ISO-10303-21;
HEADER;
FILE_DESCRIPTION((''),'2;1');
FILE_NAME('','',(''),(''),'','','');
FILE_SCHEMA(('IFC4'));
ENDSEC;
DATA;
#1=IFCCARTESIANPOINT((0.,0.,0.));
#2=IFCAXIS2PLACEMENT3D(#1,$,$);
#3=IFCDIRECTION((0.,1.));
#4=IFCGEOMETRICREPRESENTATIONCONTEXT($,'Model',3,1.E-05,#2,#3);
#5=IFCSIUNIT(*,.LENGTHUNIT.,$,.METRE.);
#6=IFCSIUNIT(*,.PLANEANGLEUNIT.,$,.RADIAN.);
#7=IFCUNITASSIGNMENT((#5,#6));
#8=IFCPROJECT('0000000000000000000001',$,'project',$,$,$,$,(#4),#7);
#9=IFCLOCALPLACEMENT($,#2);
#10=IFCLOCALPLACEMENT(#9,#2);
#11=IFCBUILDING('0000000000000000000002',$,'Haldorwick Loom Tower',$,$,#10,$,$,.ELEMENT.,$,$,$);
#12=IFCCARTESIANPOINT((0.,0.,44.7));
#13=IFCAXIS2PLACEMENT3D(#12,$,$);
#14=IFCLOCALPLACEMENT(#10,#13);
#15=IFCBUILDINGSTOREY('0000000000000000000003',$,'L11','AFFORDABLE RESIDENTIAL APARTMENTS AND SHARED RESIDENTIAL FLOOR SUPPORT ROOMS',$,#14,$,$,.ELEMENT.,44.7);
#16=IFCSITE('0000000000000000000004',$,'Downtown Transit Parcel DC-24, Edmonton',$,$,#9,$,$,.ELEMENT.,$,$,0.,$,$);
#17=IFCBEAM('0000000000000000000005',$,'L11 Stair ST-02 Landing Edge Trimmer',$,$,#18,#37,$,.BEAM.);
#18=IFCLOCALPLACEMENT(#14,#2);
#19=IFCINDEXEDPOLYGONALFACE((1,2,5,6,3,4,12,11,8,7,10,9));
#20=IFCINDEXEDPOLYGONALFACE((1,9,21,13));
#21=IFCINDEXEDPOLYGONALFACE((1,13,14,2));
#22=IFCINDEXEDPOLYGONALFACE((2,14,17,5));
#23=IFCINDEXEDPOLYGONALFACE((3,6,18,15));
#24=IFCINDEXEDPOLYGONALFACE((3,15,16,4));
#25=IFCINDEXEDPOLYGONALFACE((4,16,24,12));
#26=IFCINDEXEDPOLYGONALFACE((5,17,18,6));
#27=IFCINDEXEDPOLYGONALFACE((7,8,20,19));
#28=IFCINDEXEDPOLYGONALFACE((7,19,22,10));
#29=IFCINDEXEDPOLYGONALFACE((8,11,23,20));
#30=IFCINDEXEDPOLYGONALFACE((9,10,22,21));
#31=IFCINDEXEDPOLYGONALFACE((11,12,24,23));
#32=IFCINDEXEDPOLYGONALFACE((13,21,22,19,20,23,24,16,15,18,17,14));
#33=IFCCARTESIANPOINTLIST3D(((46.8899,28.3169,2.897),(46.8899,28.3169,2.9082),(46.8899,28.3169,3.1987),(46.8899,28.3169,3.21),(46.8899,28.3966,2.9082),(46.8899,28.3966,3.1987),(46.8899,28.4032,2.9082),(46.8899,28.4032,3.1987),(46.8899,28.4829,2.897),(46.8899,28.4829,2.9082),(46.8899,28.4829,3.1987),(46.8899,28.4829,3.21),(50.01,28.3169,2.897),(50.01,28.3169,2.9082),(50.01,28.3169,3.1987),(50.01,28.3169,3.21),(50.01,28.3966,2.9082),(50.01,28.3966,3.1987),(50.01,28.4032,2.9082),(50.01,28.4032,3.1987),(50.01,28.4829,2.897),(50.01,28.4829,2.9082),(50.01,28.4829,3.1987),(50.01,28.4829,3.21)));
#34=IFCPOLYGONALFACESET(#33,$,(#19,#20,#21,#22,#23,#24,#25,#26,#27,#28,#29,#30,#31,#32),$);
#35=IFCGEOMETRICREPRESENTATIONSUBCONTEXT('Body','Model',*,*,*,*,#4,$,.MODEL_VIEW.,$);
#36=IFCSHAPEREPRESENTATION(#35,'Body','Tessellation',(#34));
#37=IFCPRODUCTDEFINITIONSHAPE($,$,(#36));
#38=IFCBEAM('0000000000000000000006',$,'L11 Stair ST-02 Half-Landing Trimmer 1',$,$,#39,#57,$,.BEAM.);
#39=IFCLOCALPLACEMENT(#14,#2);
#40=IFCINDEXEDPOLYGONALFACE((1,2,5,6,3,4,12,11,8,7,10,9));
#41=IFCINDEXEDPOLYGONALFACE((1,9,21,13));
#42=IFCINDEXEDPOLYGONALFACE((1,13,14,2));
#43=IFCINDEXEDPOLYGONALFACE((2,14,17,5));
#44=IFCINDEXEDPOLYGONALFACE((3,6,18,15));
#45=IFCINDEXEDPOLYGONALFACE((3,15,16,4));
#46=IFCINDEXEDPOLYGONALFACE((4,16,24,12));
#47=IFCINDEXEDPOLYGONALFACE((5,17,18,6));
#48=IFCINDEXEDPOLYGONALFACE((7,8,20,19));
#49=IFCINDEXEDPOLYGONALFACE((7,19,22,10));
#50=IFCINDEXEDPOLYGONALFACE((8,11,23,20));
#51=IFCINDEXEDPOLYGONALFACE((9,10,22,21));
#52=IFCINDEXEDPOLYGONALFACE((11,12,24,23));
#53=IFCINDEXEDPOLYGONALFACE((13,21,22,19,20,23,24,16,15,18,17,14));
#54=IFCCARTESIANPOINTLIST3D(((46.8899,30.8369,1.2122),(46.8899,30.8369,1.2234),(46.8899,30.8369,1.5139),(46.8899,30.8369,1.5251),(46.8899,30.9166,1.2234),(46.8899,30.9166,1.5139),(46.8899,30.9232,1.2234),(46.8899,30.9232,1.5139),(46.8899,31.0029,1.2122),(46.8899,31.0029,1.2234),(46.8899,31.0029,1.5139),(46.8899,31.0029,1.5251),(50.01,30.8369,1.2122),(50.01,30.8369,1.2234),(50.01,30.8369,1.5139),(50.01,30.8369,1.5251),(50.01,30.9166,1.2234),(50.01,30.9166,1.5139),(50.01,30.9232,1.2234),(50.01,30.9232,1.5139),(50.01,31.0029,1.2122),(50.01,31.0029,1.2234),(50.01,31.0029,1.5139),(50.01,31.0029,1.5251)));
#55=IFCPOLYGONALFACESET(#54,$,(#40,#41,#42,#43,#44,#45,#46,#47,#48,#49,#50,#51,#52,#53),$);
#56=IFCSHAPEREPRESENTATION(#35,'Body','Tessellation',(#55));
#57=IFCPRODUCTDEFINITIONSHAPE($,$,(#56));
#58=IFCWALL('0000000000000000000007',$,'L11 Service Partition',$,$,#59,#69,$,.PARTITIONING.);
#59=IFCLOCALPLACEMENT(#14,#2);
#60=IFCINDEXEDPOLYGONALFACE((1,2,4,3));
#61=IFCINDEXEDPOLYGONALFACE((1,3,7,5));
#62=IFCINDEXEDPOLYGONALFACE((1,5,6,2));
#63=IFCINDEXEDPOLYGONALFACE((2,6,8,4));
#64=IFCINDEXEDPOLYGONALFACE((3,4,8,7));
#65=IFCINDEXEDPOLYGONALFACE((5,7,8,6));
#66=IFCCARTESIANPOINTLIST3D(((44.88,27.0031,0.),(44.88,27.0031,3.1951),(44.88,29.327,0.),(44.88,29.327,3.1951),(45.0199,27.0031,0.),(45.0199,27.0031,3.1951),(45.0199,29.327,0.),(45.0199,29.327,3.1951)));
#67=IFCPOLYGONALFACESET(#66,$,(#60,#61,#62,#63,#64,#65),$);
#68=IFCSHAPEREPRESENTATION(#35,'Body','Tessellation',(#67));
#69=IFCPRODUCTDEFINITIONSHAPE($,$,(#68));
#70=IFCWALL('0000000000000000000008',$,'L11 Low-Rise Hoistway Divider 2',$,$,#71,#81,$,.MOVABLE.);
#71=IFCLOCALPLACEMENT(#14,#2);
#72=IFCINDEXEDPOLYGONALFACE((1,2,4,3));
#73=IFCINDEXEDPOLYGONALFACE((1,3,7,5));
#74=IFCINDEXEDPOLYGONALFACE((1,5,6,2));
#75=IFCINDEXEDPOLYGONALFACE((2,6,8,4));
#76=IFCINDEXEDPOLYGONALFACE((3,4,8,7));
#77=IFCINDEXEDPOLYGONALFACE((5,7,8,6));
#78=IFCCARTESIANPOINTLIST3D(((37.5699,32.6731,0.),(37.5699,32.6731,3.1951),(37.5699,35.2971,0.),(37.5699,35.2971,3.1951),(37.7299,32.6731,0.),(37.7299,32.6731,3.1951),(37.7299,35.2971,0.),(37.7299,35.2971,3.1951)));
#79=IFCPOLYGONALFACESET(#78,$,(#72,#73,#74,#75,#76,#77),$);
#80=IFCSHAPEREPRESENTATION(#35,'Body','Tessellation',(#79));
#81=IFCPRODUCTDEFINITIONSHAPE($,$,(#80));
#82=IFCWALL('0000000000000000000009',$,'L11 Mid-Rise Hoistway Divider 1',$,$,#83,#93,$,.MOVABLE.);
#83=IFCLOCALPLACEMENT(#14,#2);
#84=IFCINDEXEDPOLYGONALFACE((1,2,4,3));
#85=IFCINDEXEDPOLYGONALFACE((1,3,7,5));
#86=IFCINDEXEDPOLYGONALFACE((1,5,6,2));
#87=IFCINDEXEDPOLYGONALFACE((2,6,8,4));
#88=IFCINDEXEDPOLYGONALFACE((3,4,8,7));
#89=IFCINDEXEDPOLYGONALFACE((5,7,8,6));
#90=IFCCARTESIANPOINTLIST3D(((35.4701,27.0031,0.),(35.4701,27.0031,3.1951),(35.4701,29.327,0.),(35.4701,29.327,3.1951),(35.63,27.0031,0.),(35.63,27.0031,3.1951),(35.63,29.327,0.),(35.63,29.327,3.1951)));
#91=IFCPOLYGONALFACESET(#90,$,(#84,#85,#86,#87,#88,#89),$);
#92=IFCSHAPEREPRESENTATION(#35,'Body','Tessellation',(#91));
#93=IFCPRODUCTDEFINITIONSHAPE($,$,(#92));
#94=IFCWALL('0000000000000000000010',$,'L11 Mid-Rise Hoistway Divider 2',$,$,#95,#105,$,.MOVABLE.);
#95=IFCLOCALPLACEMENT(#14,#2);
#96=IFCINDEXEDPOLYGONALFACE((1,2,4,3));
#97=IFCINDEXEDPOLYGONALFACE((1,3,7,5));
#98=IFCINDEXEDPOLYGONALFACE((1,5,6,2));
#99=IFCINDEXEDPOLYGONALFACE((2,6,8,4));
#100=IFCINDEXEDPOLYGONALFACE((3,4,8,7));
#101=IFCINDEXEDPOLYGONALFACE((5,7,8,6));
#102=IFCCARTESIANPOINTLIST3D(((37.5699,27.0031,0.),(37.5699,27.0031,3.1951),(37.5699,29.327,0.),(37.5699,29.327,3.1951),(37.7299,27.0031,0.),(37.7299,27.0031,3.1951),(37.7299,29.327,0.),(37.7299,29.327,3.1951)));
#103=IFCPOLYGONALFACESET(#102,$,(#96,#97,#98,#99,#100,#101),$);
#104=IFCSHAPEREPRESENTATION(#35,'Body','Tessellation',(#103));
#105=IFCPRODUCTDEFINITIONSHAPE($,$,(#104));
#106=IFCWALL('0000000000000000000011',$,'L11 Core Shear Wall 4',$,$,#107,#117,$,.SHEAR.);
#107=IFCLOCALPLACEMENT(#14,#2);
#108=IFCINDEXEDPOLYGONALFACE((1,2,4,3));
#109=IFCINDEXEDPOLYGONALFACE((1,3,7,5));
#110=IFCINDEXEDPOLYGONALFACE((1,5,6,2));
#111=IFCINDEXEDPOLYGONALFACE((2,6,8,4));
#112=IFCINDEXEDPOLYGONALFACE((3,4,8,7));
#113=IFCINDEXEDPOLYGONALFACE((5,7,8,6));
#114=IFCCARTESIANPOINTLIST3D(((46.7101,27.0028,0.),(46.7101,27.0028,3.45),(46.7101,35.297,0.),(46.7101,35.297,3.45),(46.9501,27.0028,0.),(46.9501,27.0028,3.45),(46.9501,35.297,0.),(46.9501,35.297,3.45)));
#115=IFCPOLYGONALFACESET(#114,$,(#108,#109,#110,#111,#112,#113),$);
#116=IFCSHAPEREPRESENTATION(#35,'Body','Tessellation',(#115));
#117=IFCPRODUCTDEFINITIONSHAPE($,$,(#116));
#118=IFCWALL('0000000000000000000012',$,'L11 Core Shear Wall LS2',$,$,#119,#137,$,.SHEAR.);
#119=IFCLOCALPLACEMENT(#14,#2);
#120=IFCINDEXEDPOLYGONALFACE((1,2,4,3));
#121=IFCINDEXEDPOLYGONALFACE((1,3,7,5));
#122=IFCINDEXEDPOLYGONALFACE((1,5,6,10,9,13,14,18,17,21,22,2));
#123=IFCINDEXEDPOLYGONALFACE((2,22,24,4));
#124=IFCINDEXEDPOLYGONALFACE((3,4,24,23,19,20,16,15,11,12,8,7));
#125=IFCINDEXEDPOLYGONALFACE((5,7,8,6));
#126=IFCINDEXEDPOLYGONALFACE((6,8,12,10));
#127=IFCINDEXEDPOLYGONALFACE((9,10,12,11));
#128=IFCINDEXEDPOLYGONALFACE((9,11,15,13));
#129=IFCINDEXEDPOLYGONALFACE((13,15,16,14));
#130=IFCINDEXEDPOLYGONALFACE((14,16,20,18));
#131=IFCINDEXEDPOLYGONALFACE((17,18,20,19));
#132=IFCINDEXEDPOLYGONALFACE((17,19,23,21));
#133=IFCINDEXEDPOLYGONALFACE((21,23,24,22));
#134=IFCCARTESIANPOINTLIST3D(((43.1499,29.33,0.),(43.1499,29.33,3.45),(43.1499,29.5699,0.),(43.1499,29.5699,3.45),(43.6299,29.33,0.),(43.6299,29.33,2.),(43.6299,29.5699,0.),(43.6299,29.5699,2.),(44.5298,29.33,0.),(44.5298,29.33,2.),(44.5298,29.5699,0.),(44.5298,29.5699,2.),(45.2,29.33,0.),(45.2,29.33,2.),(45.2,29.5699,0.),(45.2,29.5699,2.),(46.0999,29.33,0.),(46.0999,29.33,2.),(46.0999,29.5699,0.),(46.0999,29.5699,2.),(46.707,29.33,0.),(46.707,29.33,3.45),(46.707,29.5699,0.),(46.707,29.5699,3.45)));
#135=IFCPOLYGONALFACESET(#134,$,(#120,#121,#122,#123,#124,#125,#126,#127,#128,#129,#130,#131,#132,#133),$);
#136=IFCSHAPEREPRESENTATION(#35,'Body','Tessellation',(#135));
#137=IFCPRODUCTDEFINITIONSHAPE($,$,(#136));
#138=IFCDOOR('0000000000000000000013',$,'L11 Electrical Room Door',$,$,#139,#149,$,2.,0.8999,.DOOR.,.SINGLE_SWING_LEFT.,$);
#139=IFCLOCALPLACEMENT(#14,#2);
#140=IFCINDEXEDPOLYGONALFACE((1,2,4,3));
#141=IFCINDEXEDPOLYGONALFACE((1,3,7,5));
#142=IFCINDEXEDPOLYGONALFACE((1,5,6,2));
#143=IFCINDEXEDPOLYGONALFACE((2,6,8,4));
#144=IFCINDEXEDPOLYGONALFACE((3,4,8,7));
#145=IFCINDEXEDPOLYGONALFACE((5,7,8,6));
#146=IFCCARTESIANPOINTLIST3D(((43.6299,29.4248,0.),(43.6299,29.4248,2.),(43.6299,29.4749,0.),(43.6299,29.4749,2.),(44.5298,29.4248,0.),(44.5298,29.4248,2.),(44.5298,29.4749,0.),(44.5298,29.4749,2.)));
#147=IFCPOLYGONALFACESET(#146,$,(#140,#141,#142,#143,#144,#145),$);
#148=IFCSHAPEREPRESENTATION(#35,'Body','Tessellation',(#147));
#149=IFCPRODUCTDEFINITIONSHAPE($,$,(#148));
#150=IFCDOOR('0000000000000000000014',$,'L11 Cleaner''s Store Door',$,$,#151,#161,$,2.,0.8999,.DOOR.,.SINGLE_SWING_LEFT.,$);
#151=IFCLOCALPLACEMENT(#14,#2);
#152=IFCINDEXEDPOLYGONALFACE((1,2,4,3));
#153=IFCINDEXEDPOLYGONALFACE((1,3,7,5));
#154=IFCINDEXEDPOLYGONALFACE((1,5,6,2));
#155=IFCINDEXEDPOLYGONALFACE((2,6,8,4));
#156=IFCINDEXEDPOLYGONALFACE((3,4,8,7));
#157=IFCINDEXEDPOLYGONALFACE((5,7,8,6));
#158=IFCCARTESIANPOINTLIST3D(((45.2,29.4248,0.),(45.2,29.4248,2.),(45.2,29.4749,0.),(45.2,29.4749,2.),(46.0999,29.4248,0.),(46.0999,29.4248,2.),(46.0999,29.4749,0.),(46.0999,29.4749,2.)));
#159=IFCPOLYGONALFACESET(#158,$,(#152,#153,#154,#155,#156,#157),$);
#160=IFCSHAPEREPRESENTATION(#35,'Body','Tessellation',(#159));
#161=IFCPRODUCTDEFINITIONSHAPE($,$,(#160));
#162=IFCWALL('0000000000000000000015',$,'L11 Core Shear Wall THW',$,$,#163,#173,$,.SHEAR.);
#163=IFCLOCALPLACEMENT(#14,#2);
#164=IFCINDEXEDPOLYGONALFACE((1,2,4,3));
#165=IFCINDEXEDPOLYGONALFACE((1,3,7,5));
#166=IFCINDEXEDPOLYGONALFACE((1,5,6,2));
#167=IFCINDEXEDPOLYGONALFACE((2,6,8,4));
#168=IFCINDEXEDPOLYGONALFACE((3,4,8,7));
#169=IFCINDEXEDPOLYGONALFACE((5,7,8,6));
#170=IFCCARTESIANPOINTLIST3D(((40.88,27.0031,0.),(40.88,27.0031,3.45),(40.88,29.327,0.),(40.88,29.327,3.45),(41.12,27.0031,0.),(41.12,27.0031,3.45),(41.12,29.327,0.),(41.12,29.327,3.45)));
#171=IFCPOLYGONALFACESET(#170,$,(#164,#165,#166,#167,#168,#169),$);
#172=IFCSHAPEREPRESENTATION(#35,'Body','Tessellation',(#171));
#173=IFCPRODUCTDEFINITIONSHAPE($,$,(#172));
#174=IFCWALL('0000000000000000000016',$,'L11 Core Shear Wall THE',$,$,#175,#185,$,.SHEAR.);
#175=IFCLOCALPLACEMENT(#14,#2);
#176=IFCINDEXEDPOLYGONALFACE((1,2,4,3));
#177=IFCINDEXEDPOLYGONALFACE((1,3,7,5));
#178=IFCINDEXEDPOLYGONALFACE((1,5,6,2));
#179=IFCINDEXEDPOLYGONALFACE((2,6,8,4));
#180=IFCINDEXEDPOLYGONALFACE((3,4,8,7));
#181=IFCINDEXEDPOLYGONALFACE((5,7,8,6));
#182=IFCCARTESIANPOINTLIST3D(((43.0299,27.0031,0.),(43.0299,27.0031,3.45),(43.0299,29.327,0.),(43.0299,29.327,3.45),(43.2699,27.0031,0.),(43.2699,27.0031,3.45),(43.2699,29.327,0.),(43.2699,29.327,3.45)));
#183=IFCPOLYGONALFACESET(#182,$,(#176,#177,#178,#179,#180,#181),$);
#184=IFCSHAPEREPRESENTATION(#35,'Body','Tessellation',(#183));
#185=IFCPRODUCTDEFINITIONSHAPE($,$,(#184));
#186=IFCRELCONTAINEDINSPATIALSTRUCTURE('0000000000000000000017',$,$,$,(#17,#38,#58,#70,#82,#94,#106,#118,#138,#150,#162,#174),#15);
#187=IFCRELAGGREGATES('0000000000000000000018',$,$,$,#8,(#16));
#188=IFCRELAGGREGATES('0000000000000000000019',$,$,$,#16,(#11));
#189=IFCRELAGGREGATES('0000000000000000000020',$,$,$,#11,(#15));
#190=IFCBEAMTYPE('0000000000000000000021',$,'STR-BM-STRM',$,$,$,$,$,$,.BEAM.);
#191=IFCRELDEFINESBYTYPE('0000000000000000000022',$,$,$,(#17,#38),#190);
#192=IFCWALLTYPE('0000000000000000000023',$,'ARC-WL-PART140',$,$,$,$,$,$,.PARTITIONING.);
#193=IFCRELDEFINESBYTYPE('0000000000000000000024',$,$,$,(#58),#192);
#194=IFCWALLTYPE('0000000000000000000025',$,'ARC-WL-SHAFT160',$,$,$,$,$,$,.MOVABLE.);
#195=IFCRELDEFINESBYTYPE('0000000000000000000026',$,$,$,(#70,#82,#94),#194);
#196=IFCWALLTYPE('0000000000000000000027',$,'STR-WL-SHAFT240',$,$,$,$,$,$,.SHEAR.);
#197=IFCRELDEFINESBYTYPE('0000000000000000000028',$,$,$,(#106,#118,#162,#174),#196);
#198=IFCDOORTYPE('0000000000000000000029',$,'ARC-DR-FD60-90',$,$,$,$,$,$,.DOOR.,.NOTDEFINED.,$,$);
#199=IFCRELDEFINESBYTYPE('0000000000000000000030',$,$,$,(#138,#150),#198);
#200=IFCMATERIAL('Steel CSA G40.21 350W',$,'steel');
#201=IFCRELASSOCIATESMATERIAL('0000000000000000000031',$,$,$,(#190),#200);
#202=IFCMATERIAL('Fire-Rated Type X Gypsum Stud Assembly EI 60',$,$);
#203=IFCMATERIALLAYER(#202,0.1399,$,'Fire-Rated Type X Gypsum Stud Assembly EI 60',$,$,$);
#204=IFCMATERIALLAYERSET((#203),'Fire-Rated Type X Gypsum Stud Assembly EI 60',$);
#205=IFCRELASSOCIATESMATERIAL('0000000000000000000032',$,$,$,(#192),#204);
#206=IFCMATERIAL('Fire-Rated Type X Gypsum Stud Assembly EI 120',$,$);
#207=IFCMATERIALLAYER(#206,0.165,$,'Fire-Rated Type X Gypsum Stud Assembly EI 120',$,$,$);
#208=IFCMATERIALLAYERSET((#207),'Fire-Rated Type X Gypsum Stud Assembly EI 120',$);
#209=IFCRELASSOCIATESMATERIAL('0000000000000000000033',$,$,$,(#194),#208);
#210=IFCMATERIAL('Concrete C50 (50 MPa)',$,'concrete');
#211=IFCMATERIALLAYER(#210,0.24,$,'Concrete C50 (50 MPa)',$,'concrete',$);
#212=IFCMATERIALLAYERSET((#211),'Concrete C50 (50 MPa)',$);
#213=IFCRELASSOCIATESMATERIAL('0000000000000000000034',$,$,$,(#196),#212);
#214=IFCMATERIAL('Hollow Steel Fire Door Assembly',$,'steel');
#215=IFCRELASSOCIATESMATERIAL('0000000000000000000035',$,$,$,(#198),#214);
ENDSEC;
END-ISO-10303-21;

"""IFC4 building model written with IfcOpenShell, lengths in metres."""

from ifc_helpers import new_model, si_unit, direction, frame, frame_2d, origin, origin_2d, place, context, subcontext, project, spatial, rectangle, i_section, extrude, material, layer, layer_set, material_profile, profile_set, type_object, element, fill, save


model = new_model("IFC4")

# Units and contexts
model_context = context("Model", 3, precision=1e-05, world=origin(), true_north=direction((0.0, 1.0)))
body_context = subcontext(model_context, "Body", "Model", "MODEL_VIEW")
ifc_project = project(units=[si_unit("LENGTHUNIT", "METRE"), si_unit("PLANEANGLEUNIT", "RADIAN")], contexts=[model_context])

# Site, building, storey
site_placement = place(None, origin())
site = spatial("IfcSite", under=ifc_project, at=site_placement, Name="Downtown Transit Parcel DC-24, Edmonton", CompositionType="ELEMENT", RefElevation=0.0)
building_placement = place(site_placement, origin())
building = spatial("IfcBuilding", under=site, at=building_placement, Name="Haldorwick Loom Tower", CompositionType="ELEMENT")
storey_placement = place(building_placement, frame((0.0, 0.0, 44.7)))
storey = spatial("IfcBuildingStorey", under=building, at=storey_placement, Name="L11", Description="AFFORDABLE RESIDENTIAL APARTMENTS AND SHARED RESIDENTIAL FLOOR SUPPORT ROOMS", CompositionType="ELEMENT", Elevation=44.7)

# Beams
ifc_material_1 = material(Name="Steel CSA G40.21 350W", Category="steel")
ifc_material_profile_1 = material_profile(ifc_material_1, i_section(OverallWidth=0.166, OverallDepth=0.313, WebThickness=0.0066, FlangeThickness=0.0112, at=origin_2d()), Name="W310X45", Category="steel")
ifc_profile_set_1 = profile_set([ifc_material_profile_1], Name="Steel CSA G40.21 350W")
beam_type_1 = type_object("IfcBeamType", Name="STR-BM-STRM", PredefinedType="BEAM", material=ifc_profile_set_1)
for number, where, z_axis, x_axis, name in (
    (1, (46.8899, 28.3999, 3.0535), (1.0, 0.0, 0.0), (0.0, 1.0, 0.0), "L11 Stair ST-02 Landing Edge Trimmer"),
    (2, (46.8899, 30.9199, 1.3687), (1.0, 0.0, 0.0), (0.0, 1.0, 0.0), "L11 Stair ST-02 Half-Landing Trimmer 1"),
):
    element("IfcBeam", number, at=place(storey_placement, frame(where, z_axis=z_axis, x_axis=x_axis)), inside=storey, type_object=beam_type_1, Name=name, PredefinedType="BEAM", context=body_context, shape_type="SweptSolid", body=[
        extrude(i_section(OverallWidth=0.166, OverallDepth=0.313, WebThickness=0.0066, FlangeThickness=0.0112, at=origin_2d()), origin(), (0.0, 0.0, 1.0), 3.1201),
    ])

# Walls
ifc_material_2 = material(Name="Fire-Rated Type X Gypsum Stud Assembly EI 60")
ifc_layer_1 = layer(ifc_material_2, 0.1399, Name="Fire-Rated Type X Gypsum Stud Assembly EI 60")
ifc_layer_set_1 = layer_set([ifc_layer_1], Name="Fire-Rated Type X Gypsum Stud Assembly EI 60")
wall_type_1 = type_object("IfcWallType", Name="ARC-WL-PART140", PredefinedType="PARTITIONING", material=ifc_layer_set_1)
wall_1_placement = place(storey_placement, frame((44.95, 27.0029, 0.0), z_axis=(0.0, 0.0, 1.0), x_axis=(0.0, 1.0, 0.0)))
element("IfcWall", 3, at=wall_1_placement, inside=storey, type_object=wall_type_1, Name="L11 Service Partition", PredefinedType="PARTITIONING", context=body_context, shape_type="SweptSolid", body=[
    extrude(rectangle(XDim=2.324, YDim=0.1399, at=frame_2d((1.1621, 0.0))), origin(), (0.0, 0.0, 1.0), 3.1951),
])
ifc_material_3 = material(Name="Fire-Rated Type X Gypsum Stud Assembly EI 120")
ifc_layer_2 = layer(ifc_material_3, 0.165, Name="Fire-Rated Type X Gypsum Stud Assembly EI 120")
ifc_layer_set_2 = layer_set([ifc_layer_2], Name="Fire-Rated Type X Gypsum Stud Assembly EI 120")
wall_type_2 = type_object("IfcWallType", Name="ARC-WL-SHAFT160", PredefinedType="MOVABLE", material=ifc_layer_set_2)
wall_2_placement = place(storey_placement, frame((37.6499, 32.6731, 0.0), z_axis=(0.0, 0.0, 1.0), x_axis=(0.0, 1.0, 0.0)))
element("IfcWall", 4, at=wall_2_placement, inside=storey, type_object=wall_type_2, Name="L11 Low-Rise Hoistway Divider 2", PredefinedType="MOVABLE", context=body_context, shape_type="SweptSolid", body=[
    extrude(rectangle(XDim=2.624, YDim=0.1599, at=frame_2d((1.312, 0.0))), origin(), (0.0, 0.0, 1.0), 3.1951),
])
for number, where, z_axis, x_axis, name in (
    (5, (35.55, 27.0029, 0.0), (0.0, 0.0, 1.0), (0.0, 1.0, 0.0), "L11 Mid-Rise Hoistway Divider 1"),
    (6, (37.6499, 27.0029, 0.0), (0.0, 0.0, 1.0), (0.0, 1.0, 0.0), "L11 Mid-Rise Hoistway Divider 2"),
):
    element("IfcWall", number, at=place(storey_placement, frame(where, z_axis=z_axis, x_axis=x_axis)), inside=storey, type_object=wall_type_2, Name=name, PredefinedType="MOVABLE", context=body_context, shape_type="SweptSolid", body=[
        extrude(rectangle(XDim=2.324, YDim=0.1599, at=frame_2d((1.1621, 0.0))), origin(), (0.0, 0.0, 1.0), 3.1951),
    ])
ifc_material_4 = material(Name="Concrete C50 (50 MPa)", Category="concrete")
ifc_layer_3 = layer(ifc_material_4, 0.24, Name="Concrete C50 (50 MPa)", Category="concrete")
ifc_layer_set_3 = layer_set([ifc_layer_3], Name="Concrete C50 (50 MPa)")
wall_type_3 = type_object("IfcWallType", Name="STR-WL-SHAFT240", PredefinedType="SHEAR", material=ifc_layer_set_3)
wall_3_placement = place(storey_placement, frame((46.8301, 27.0029, 0.0), z_axis=(0.0, 0.0, 1.0), x_axis=(0.0, 1.0, 0.0)))
element("IfcWall", 7, at=wall_3_placement, inside=storey, type_object=wall_type_3, Name="L11 Core Shear Wall 4", PredefinedType="SHEAR", context=body_context, shape_type="SweptSolid", body=[
    extrude(rectangle(XDim=8.2942, YDim=0.24, at=frame_2d((4.147, 0.0))), origin(), (0.0, 0.0, 1.0), 3.45),
])

# Wall, openings, doors
wall_4_placement = place(storey_placement, frame((43.1499, 29.45, 0.0), z_axis=(0.0, 0.0, 1.0), x_axis=(1.0, 0.0, 0.0)))
wall_4 = element("IfcWall", 8, at=wall_4_placement, inside=storey, type_object=wall_type_3, Name="L11 Core Shear Wall LS2", PredefinedType="SHEAR", context=body_context, shape_type="SweptSolid", body=[
    extrude(rectangle(XDim=3.5571, YDim=0.24, at=frame_2d((1.7786, 0.0))), origin(), (0.0, 0.0, 1.0), 3.45),
])
opening_1_placement = place(wall_4_placement, frame((0.48, 0.0, 0.0)))
opening_1 = element("IfcOpeningElement", 9, at=opening_1_placement, cuts=wall_4, PredefinedType="OPENING", context=body_context, shape_type="SweptSolid", body=[
    extrude(rectangle(XDim=0.8999, YDim=2.0, at=frame_2d((0.45, 1.0))), frame((0.0, 0.1299, 0.0), z_axis=(0.0, -1.0, 0.0), x_axis=(1.0, 0.0, 0.0)), (0.0, 0.0, 1.0), 0.26),
])
opening_2_placement = place(wall_4_placement, frame((2.05, 0.0, 0.0)))
opening_2 = element("IfcOpeningElement", 10, at=opening_2_placement, cuts=wall_4, PredefinedType="OPENING", context=body_context, shape_type="SweptSolid", body=[
    extrude(rectangle(XDim=0.8999, YDim=2.0, at=frame_2d((0.45, 1.0))), frame((0.0, 0.1299, 0.0), z_axis=(0.0, -1.0, 0.0), x_axis=(1.0, 0.0, 0.0)), (0.0, 0.0, 1.0), 0.26),
])
ifc_material_5 = material(Name="Hollow Steel Fire Door Assembly", Category="steel")
door_type = type_object("IfcDoorType", Name="ARC-DR-FD60-90", OperationType="NOTDEFINED", PredefinedType="DOOR", material=ifc_material_5)
door_1_placement = place(opening_1_placement, origin())
door_1 = element("IfcDoor", 11, at=door_1_placement, inside=storey, type_object=door_type, Name="L11 Electrical Room Door", OperationType="SINGLE_SWING_LEFT", OverallHeight=2.0, OverallWidth=0.8999, PredefinedType="DOOR", context=body_context, shape_type="SweptSolid", body=[
    extrude(rectangle(XDim=0.8999, YDim=2.0, at=frame_2d((0.45, 1.0))), frame((0.0, 0.0249, 0.0), z_axis=(0.0, -1.0, 0.0), x_axis=(1.0, 0.0, 0.0)), (0.0, 0.0, 1.0), 0.05),
])
fill(opening_1, door_1)
door_2_placement = place(opening_2_placement, origin())
door_2 = element("IfcDoor", 12, at=door_2_placement, inside=storey, type_object=door_type, Name="L11 Cleaner's Store Door", OperationType="SINGLE_SWING_LEFT", OverallHeight=2.0, OverallWidth=0.8999, PredefinedType="DOOR", context=body_context, shape_type="SweptSolid", body=[
    extrude(rectangle(XDim=0.8999, YDim=2.0, at=frame_2d((0.45, 1.0))), frame((0.0, 0.0249, 0.0), z_axis=(0.0, -1.0, 0.0), x_axis=(1.0, 0.0, 0.0)), (0.0, 0.0, 1.0), 0.05),
])
fill(opening_2, door_2)

# Walls
for number, where, z_axis, x_axis, name in (
    (13, (41.0, 27.0029, 0.0), (0.0, 0.0, 1.0), (0.0, 1.0, 0.0), "L11 Core Shear Wall THW"),
    (14, (43.1499, 27.0029, 0.0), (0.0, 0.0, 1.0), (0.0, 1.0, 0.0), "L11 Core Shear Wall THE"),
):
    element("IfcWall", number, at=place(storey_placement, frame(where, z_axis=z_axis, x_axis=x_axis)), inside=storey, type_object=wall_type_3, Name=name, PredefinedType="SHEAR", context=body_context, shape_type="SweptSolid", body=[
        extrude(rectangle(XDim=2.324, YDim=0.24, at=frame_2d((1.1621, 0.0))), origin(), (0.0, 0.0, 1.0), 3.45),
    ])

save(model, "model.ifc")
